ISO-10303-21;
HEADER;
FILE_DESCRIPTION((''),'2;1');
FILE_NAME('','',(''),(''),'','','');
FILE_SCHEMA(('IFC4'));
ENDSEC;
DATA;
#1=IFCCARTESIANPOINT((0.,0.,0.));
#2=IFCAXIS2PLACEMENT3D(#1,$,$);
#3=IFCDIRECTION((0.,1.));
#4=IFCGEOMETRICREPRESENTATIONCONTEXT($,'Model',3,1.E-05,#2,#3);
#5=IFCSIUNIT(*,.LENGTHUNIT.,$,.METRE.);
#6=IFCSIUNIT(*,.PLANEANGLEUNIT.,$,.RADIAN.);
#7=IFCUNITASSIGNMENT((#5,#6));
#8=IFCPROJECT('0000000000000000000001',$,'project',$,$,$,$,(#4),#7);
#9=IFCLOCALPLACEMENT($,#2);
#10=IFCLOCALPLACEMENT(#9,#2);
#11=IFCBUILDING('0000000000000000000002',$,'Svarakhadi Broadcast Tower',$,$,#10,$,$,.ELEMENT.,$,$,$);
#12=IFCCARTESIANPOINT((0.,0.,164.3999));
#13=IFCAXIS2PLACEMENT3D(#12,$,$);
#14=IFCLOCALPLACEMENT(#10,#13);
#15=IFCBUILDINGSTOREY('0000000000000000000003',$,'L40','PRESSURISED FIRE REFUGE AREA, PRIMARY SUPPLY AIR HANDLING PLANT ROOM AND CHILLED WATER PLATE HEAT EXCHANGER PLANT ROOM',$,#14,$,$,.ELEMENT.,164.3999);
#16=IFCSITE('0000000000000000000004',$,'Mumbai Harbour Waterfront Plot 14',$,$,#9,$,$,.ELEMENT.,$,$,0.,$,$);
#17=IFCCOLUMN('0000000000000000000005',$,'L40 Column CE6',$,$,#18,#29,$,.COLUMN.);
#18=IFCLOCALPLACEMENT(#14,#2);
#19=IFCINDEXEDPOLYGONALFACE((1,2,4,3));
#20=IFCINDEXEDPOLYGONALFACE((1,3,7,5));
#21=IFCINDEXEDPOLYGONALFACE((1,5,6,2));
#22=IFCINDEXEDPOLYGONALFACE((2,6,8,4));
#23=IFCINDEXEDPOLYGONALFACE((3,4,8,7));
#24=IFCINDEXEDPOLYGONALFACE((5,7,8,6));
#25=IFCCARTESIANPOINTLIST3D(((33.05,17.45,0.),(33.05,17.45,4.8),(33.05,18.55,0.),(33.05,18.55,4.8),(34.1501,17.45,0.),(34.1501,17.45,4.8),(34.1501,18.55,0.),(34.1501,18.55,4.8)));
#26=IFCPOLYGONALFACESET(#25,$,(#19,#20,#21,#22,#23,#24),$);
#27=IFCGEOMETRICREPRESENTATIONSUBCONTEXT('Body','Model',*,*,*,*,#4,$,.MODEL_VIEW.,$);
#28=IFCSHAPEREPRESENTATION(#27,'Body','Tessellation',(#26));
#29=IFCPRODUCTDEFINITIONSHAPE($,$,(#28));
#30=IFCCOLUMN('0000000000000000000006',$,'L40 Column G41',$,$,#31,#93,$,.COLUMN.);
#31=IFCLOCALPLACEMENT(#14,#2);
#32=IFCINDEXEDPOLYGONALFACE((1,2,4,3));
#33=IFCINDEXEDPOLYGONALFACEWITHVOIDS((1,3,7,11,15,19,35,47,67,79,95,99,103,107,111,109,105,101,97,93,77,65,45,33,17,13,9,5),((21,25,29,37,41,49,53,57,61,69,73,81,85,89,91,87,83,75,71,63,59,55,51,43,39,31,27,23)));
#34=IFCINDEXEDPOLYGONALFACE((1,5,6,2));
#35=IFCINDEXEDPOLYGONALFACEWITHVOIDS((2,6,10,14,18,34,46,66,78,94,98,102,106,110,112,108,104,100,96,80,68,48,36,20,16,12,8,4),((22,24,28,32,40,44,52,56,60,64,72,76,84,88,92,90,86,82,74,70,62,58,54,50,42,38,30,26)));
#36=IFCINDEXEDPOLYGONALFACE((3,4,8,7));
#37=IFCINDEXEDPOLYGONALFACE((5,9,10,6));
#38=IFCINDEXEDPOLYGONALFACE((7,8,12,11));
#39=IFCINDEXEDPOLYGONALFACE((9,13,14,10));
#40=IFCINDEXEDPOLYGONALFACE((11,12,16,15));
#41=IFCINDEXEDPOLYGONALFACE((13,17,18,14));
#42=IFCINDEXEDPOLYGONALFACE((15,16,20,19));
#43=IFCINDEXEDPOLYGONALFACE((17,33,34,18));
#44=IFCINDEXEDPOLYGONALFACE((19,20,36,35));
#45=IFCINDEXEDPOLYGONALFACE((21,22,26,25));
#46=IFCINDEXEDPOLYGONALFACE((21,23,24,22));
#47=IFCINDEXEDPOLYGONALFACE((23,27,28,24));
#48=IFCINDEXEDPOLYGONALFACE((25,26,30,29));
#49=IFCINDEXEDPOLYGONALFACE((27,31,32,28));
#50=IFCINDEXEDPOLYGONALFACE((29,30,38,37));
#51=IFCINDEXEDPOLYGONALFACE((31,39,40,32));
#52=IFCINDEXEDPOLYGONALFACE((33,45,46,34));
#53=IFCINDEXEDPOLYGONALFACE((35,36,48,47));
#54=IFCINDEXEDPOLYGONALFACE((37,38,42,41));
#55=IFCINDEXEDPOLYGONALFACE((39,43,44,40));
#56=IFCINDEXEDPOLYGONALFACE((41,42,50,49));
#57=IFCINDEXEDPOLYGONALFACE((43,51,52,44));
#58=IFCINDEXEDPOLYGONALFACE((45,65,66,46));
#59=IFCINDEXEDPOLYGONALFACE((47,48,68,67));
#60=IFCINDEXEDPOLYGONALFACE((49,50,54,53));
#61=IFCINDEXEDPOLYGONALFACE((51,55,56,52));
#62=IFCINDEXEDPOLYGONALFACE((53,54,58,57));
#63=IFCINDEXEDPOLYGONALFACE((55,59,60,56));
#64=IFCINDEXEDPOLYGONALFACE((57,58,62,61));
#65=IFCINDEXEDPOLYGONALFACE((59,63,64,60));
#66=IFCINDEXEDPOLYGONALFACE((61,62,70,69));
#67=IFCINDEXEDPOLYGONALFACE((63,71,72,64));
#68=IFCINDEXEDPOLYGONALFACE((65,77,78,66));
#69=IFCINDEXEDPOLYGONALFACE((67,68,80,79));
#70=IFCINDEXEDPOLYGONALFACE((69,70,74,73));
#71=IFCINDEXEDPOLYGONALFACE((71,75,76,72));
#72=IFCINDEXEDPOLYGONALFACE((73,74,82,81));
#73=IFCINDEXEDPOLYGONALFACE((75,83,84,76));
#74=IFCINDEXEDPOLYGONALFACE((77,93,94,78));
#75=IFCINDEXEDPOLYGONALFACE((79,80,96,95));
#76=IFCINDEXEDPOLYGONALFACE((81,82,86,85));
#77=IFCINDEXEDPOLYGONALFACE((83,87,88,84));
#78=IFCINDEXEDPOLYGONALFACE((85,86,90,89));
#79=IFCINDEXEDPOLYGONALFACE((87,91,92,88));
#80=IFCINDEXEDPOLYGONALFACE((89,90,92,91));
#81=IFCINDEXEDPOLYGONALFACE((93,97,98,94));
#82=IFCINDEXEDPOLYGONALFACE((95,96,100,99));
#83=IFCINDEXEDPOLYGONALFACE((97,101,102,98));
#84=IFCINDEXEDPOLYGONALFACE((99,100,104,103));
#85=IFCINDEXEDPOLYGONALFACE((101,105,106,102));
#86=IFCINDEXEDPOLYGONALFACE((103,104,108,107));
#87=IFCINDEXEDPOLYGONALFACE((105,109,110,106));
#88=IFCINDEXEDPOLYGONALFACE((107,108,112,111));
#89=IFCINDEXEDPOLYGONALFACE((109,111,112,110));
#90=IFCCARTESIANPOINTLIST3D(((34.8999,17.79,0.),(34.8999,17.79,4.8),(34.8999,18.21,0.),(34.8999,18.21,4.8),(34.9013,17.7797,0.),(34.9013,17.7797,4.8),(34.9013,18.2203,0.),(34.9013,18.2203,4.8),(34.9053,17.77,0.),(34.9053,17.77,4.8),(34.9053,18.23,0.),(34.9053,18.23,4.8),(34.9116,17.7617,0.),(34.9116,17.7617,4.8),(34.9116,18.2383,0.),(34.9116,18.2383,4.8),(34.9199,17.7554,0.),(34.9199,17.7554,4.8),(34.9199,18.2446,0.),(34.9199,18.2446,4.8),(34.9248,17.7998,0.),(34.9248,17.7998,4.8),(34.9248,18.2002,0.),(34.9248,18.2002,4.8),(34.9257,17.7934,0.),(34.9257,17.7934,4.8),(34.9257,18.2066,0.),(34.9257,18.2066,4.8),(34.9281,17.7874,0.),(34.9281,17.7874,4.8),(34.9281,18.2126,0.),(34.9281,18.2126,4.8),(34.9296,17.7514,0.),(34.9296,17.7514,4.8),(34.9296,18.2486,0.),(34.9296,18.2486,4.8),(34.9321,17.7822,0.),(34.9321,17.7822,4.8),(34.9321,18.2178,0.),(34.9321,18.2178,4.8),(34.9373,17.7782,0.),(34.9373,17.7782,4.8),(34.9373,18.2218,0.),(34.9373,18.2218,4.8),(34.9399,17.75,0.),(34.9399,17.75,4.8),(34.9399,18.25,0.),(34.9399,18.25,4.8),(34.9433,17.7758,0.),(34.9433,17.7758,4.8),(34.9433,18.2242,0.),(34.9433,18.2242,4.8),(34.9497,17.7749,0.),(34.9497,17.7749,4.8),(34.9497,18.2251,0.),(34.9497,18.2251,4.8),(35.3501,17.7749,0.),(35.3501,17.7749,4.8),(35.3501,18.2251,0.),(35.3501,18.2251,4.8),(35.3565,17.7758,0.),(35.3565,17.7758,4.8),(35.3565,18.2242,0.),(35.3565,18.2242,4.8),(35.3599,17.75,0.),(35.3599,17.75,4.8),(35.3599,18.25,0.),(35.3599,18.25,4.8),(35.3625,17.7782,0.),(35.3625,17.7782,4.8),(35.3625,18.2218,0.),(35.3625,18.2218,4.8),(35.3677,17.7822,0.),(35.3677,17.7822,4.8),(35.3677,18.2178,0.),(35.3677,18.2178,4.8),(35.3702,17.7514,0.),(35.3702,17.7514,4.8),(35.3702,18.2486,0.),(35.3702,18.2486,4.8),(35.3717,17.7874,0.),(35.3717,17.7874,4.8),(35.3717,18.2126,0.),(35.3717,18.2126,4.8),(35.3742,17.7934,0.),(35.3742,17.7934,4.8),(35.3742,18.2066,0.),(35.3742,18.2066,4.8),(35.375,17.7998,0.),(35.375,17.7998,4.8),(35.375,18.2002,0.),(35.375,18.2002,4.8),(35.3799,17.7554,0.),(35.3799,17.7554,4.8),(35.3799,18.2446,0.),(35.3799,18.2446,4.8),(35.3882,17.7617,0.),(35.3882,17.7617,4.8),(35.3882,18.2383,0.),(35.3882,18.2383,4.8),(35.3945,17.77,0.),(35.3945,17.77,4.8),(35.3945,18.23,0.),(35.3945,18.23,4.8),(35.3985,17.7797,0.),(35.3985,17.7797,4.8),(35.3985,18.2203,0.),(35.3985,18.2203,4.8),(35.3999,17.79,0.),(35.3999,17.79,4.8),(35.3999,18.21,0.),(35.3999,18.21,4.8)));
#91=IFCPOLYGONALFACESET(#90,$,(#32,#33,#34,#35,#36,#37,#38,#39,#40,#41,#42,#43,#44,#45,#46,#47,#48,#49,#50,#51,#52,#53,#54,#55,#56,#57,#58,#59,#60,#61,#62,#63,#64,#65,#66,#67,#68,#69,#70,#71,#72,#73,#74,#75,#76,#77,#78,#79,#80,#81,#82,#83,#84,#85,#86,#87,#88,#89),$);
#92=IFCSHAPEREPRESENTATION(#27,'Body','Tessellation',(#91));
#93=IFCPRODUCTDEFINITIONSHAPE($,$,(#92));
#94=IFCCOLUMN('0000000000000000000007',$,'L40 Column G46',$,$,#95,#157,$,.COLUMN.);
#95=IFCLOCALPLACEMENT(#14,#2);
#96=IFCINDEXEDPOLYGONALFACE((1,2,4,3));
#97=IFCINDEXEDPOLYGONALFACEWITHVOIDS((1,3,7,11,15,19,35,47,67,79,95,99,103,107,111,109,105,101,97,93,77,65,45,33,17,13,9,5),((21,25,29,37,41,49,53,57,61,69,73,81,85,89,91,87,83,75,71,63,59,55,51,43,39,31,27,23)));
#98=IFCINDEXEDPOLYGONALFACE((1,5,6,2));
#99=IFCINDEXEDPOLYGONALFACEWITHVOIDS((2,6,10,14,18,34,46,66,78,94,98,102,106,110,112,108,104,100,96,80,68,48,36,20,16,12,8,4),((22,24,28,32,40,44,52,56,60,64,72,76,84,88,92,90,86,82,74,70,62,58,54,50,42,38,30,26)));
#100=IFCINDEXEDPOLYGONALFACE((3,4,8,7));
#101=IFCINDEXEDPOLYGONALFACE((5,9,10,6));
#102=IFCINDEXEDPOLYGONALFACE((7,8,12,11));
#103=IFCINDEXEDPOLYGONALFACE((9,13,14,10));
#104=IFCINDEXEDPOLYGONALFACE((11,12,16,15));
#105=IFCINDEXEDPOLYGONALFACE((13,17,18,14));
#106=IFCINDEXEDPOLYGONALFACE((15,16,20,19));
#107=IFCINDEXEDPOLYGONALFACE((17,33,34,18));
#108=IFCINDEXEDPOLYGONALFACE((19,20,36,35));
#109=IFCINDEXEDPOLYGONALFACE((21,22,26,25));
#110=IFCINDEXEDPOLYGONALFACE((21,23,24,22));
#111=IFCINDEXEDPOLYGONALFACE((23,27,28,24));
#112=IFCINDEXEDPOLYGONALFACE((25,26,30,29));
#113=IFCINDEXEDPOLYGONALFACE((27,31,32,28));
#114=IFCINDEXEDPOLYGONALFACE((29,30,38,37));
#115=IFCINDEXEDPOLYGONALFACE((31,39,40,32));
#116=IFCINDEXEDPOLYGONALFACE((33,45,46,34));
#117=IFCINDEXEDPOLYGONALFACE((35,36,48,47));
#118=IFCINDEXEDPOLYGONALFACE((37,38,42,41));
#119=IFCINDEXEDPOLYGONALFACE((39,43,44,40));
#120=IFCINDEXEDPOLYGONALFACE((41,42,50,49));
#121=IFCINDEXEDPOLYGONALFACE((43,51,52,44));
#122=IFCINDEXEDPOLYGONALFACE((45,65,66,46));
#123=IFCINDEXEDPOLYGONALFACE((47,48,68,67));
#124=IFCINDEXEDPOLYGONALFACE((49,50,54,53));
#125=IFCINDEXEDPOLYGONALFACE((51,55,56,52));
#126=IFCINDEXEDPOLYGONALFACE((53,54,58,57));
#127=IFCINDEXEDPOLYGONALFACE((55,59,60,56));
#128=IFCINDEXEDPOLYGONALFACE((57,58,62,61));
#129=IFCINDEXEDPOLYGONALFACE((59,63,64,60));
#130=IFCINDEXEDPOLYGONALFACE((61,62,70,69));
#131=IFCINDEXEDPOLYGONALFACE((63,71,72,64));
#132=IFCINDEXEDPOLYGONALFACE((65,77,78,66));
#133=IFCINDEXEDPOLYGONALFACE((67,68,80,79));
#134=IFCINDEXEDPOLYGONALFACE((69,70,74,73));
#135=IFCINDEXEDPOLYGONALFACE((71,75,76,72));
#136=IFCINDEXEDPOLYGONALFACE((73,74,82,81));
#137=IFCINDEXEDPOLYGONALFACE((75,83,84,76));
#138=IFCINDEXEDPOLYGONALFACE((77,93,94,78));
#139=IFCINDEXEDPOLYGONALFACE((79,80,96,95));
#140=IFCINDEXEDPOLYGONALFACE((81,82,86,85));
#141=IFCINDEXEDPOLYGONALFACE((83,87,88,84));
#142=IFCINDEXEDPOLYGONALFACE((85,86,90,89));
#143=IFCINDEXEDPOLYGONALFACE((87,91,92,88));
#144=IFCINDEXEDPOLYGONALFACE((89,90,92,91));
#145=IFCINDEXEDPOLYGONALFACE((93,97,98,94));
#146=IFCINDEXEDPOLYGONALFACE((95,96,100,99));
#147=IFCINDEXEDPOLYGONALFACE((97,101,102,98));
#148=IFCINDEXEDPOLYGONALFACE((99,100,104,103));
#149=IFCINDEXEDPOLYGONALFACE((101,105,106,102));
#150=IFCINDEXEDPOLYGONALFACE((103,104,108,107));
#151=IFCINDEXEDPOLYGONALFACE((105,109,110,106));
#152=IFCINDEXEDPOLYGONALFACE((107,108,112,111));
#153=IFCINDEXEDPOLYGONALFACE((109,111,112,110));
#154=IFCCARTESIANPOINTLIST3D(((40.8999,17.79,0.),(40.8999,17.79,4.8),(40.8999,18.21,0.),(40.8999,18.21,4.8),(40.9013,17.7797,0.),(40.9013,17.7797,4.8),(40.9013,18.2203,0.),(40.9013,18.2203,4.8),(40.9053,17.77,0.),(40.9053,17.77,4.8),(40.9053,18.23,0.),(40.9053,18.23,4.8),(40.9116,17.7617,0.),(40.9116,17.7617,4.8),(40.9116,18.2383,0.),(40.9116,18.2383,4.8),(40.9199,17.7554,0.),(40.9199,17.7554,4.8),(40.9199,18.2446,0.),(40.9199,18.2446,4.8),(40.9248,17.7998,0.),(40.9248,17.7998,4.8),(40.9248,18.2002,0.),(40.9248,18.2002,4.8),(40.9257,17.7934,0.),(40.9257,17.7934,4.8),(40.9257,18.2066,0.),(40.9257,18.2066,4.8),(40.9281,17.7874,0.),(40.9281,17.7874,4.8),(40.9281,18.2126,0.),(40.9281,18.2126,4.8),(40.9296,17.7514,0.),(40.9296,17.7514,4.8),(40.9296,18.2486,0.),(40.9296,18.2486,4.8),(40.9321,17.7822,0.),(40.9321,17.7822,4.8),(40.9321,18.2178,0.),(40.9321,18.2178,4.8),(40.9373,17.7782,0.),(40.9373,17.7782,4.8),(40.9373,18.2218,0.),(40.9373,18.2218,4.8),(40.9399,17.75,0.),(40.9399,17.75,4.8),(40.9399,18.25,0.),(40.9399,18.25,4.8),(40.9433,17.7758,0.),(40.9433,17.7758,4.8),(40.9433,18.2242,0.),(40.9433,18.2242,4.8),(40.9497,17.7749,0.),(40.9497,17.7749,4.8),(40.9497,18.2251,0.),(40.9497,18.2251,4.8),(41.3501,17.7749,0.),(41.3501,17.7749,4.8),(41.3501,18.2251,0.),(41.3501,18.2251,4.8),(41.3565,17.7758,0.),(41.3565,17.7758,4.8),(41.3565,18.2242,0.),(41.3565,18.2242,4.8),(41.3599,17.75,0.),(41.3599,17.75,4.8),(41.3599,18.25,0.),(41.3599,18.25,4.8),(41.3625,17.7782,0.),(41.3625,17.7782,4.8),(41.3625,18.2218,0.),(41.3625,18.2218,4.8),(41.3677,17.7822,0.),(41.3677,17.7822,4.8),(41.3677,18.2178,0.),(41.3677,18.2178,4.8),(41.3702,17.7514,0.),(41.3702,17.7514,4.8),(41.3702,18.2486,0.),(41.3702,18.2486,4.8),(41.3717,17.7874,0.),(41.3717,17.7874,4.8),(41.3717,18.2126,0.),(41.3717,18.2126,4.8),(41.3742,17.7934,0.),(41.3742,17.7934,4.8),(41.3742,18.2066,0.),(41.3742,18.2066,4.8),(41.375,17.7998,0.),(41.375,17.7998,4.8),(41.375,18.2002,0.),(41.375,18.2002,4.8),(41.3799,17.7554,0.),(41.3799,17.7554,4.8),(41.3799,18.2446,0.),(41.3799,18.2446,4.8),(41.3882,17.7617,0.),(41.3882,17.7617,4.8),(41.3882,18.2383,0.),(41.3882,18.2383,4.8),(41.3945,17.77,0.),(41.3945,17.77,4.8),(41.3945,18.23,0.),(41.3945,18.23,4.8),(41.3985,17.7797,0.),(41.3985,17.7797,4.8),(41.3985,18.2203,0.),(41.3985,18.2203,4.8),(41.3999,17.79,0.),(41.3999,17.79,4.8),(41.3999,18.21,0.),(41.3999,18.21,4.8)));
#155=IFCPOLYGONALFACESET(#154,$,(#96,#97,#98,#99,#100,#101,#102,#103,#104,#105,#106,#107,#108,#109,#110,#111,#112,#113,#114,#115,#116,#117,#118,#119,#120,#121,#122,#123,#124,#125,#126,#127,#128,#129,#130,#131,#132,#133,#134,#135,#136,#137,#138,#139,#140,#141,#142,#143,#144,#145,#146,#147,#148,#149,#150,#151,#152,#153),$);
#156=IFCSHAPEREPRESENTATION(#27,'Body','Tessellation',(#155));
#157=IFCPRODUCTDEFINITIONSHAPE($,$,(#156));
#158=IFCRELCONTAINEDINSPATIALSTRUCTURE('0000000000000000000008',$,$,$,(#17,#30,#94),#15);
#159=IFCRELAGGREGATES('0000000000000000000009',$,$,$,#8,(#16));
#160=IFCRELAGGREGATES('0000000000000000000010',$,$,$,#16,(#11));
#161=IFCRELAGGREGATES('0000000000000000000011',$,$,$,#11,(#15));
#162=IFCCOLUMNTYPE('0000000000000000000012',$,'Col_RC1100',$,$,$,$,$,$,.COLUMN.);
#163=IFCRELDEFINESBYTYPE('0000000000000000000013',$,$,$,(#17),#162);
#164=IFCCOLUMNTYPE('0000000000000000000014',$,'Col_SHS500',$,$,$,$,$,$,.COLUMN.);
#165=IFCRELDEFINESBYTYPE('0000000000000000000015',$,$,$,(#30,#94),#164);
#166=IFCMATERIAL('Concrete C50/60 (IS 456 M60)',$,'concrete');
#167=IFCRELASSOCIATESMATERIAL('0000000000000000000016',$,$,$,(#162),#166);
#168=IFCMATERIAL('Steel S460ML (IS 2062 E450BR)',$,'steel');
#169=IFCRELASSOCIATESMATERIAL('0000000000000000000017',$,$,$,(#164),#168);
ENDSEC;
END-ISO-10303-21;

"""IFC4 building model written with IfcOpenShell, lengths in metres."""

from ifc_helpers import new_model, si_unit, direction, frame, origin, origin_2d, place, context, subcontext, project, spatial, rectangle, hollow_rectangle, extrude, material, material_profile, profile_set, type_object, element, save


model = new_model("IFC4")

# Units and contexts
model_context = context("Model", 3, precision=1e-05, world=origin(), true_north=direction((0.0, 1.0)))
body_context = subcontext(model_context, "Body", "Model", "MODEL_VIEW")
ifc_project = project(units=[si_unit("LENGTHUNIT", "METRE"), si_unit("PLANEANGLEUNIT", "RADIAN")], contexts=[model_context])

# Site, building, storey
site_placement = place(None, origin())
site = spatial("IfcSite", under=ifc_project, at=site_placement, Name="Mumbai Harbour Waterfront Plot 14", CompositionType="ELEMENT", RefElevation=0.0)
building_placement = place(site_placement, origin())
building = spatial("IfcBuilding", under=site, at=building_placement, Name="Svarakhadi Broadcast Tower", CompositionType="ELEMENT")
storey_placement = place(building_placement, frame((0.0, 0.0, 164.3999)))
storey = spatial("IfcBuildingStorey", under=building, at=storey_placement, Name="L40", Description="PRESSURISED FIRE REFUGE AREA, PRIMARY SUPPLY AIR HANDLING PLANT ROOM AND CHILLED WATER PLATE HEAT EXCHANGER PLANT ROOM", CompositionType="ELEMENT", Elevation=164.3999)

# Columns
ifc_material_1 = material(Name="Concrete C50/60 (IS 456 M60)", Category="concrete")
ifc_material_profile_1 = material_profile(ifc_material_1, rectangle(XDim=1.1001, YDim=1.1001, at=origin_2d()), Name="RC 1100x1100")
ifc_profile_set_1 = profile_set([ifc_material_profile_1], Name="Concrete C50/60 (IS 456 M60)")
column_type_1 = type_object("IfcColumnType", Name="Col_RC1100", PredefinedType="COLUMN", material=ifc_profile_set_1)
column_1_placement = place(storey_placement, frame((33.6001, 18.0, 0.0), z_axis=(0.0, 0.0, 1.0), x_axis=(1.0, 0.0, 0.0)))
element("IfcColumn", 1, at=column_1_placement, inside=storey, type_object=column_type_1, Name="L40 Column CE6", PredefinedType="COLUMN", context=body_context, shape_type="SweptSolid", body=[
    extrude(rectangle(XDim=1.1001, YDim=1.1001, at=origin_2d()), origin(), (0.0, 0.0, 1.0), 4.8),
])
ifc_material_2 = material(Name="Steel S460ML (IS 2062 E450BR)", Category="steel")
ifc_material_profile_2 = material_profile(ifc_material_2, hollow_rectangle(XDim=0.5, YDim=0.5, WallThickness=0.0249, InnerFilletRadius=0.0249, OuterFilletRadius=0.04, at=origin_2d()), Name="SHS 500x500x25")
ifc_profile_set_2 = profile_set([ifc_material_profile_2], Name="Steel S460ML (IS 2062 E450BR)")
column_type_2 = type_object("IfcColumnType", Name="Col_SHS500", PredefinedType="COLUMN", material=ifc_profile_set_2)
for number, where, z_axis, x_axis, name in (
    (2, (35.1499, 18.0, 0.0), (0.0, 0.0, 1.0), (1.0, 0.0, 0.0), "L40 Column G41"),
    (3, (41.1499, 18.0, 0.0), (0.0, 0.0, 1.0), (1.0, 0.0, 0.0), "L40 Column G46"),
):
    element("IfcColumn", number, at=place(storey_placement, frame(where, z_axis=z_axis, x_axis=x_axis)), inside=storey, type_object=column_type_2, Name=name, PredefinedType="COLUMN", context=body_context, shape_type="SweptSolid", body=[
        extrude(hollow_rectangle(XDim=0.5, YDim=0.5, WallThickness=0.0249, InnerFilletRadius=0.0249, OuterFilletRadius=0.04, at=origin_2d()), origin(), (0.0, 0.0, 1.0), 4.8),
    ])

save(model, "model.ifc")
